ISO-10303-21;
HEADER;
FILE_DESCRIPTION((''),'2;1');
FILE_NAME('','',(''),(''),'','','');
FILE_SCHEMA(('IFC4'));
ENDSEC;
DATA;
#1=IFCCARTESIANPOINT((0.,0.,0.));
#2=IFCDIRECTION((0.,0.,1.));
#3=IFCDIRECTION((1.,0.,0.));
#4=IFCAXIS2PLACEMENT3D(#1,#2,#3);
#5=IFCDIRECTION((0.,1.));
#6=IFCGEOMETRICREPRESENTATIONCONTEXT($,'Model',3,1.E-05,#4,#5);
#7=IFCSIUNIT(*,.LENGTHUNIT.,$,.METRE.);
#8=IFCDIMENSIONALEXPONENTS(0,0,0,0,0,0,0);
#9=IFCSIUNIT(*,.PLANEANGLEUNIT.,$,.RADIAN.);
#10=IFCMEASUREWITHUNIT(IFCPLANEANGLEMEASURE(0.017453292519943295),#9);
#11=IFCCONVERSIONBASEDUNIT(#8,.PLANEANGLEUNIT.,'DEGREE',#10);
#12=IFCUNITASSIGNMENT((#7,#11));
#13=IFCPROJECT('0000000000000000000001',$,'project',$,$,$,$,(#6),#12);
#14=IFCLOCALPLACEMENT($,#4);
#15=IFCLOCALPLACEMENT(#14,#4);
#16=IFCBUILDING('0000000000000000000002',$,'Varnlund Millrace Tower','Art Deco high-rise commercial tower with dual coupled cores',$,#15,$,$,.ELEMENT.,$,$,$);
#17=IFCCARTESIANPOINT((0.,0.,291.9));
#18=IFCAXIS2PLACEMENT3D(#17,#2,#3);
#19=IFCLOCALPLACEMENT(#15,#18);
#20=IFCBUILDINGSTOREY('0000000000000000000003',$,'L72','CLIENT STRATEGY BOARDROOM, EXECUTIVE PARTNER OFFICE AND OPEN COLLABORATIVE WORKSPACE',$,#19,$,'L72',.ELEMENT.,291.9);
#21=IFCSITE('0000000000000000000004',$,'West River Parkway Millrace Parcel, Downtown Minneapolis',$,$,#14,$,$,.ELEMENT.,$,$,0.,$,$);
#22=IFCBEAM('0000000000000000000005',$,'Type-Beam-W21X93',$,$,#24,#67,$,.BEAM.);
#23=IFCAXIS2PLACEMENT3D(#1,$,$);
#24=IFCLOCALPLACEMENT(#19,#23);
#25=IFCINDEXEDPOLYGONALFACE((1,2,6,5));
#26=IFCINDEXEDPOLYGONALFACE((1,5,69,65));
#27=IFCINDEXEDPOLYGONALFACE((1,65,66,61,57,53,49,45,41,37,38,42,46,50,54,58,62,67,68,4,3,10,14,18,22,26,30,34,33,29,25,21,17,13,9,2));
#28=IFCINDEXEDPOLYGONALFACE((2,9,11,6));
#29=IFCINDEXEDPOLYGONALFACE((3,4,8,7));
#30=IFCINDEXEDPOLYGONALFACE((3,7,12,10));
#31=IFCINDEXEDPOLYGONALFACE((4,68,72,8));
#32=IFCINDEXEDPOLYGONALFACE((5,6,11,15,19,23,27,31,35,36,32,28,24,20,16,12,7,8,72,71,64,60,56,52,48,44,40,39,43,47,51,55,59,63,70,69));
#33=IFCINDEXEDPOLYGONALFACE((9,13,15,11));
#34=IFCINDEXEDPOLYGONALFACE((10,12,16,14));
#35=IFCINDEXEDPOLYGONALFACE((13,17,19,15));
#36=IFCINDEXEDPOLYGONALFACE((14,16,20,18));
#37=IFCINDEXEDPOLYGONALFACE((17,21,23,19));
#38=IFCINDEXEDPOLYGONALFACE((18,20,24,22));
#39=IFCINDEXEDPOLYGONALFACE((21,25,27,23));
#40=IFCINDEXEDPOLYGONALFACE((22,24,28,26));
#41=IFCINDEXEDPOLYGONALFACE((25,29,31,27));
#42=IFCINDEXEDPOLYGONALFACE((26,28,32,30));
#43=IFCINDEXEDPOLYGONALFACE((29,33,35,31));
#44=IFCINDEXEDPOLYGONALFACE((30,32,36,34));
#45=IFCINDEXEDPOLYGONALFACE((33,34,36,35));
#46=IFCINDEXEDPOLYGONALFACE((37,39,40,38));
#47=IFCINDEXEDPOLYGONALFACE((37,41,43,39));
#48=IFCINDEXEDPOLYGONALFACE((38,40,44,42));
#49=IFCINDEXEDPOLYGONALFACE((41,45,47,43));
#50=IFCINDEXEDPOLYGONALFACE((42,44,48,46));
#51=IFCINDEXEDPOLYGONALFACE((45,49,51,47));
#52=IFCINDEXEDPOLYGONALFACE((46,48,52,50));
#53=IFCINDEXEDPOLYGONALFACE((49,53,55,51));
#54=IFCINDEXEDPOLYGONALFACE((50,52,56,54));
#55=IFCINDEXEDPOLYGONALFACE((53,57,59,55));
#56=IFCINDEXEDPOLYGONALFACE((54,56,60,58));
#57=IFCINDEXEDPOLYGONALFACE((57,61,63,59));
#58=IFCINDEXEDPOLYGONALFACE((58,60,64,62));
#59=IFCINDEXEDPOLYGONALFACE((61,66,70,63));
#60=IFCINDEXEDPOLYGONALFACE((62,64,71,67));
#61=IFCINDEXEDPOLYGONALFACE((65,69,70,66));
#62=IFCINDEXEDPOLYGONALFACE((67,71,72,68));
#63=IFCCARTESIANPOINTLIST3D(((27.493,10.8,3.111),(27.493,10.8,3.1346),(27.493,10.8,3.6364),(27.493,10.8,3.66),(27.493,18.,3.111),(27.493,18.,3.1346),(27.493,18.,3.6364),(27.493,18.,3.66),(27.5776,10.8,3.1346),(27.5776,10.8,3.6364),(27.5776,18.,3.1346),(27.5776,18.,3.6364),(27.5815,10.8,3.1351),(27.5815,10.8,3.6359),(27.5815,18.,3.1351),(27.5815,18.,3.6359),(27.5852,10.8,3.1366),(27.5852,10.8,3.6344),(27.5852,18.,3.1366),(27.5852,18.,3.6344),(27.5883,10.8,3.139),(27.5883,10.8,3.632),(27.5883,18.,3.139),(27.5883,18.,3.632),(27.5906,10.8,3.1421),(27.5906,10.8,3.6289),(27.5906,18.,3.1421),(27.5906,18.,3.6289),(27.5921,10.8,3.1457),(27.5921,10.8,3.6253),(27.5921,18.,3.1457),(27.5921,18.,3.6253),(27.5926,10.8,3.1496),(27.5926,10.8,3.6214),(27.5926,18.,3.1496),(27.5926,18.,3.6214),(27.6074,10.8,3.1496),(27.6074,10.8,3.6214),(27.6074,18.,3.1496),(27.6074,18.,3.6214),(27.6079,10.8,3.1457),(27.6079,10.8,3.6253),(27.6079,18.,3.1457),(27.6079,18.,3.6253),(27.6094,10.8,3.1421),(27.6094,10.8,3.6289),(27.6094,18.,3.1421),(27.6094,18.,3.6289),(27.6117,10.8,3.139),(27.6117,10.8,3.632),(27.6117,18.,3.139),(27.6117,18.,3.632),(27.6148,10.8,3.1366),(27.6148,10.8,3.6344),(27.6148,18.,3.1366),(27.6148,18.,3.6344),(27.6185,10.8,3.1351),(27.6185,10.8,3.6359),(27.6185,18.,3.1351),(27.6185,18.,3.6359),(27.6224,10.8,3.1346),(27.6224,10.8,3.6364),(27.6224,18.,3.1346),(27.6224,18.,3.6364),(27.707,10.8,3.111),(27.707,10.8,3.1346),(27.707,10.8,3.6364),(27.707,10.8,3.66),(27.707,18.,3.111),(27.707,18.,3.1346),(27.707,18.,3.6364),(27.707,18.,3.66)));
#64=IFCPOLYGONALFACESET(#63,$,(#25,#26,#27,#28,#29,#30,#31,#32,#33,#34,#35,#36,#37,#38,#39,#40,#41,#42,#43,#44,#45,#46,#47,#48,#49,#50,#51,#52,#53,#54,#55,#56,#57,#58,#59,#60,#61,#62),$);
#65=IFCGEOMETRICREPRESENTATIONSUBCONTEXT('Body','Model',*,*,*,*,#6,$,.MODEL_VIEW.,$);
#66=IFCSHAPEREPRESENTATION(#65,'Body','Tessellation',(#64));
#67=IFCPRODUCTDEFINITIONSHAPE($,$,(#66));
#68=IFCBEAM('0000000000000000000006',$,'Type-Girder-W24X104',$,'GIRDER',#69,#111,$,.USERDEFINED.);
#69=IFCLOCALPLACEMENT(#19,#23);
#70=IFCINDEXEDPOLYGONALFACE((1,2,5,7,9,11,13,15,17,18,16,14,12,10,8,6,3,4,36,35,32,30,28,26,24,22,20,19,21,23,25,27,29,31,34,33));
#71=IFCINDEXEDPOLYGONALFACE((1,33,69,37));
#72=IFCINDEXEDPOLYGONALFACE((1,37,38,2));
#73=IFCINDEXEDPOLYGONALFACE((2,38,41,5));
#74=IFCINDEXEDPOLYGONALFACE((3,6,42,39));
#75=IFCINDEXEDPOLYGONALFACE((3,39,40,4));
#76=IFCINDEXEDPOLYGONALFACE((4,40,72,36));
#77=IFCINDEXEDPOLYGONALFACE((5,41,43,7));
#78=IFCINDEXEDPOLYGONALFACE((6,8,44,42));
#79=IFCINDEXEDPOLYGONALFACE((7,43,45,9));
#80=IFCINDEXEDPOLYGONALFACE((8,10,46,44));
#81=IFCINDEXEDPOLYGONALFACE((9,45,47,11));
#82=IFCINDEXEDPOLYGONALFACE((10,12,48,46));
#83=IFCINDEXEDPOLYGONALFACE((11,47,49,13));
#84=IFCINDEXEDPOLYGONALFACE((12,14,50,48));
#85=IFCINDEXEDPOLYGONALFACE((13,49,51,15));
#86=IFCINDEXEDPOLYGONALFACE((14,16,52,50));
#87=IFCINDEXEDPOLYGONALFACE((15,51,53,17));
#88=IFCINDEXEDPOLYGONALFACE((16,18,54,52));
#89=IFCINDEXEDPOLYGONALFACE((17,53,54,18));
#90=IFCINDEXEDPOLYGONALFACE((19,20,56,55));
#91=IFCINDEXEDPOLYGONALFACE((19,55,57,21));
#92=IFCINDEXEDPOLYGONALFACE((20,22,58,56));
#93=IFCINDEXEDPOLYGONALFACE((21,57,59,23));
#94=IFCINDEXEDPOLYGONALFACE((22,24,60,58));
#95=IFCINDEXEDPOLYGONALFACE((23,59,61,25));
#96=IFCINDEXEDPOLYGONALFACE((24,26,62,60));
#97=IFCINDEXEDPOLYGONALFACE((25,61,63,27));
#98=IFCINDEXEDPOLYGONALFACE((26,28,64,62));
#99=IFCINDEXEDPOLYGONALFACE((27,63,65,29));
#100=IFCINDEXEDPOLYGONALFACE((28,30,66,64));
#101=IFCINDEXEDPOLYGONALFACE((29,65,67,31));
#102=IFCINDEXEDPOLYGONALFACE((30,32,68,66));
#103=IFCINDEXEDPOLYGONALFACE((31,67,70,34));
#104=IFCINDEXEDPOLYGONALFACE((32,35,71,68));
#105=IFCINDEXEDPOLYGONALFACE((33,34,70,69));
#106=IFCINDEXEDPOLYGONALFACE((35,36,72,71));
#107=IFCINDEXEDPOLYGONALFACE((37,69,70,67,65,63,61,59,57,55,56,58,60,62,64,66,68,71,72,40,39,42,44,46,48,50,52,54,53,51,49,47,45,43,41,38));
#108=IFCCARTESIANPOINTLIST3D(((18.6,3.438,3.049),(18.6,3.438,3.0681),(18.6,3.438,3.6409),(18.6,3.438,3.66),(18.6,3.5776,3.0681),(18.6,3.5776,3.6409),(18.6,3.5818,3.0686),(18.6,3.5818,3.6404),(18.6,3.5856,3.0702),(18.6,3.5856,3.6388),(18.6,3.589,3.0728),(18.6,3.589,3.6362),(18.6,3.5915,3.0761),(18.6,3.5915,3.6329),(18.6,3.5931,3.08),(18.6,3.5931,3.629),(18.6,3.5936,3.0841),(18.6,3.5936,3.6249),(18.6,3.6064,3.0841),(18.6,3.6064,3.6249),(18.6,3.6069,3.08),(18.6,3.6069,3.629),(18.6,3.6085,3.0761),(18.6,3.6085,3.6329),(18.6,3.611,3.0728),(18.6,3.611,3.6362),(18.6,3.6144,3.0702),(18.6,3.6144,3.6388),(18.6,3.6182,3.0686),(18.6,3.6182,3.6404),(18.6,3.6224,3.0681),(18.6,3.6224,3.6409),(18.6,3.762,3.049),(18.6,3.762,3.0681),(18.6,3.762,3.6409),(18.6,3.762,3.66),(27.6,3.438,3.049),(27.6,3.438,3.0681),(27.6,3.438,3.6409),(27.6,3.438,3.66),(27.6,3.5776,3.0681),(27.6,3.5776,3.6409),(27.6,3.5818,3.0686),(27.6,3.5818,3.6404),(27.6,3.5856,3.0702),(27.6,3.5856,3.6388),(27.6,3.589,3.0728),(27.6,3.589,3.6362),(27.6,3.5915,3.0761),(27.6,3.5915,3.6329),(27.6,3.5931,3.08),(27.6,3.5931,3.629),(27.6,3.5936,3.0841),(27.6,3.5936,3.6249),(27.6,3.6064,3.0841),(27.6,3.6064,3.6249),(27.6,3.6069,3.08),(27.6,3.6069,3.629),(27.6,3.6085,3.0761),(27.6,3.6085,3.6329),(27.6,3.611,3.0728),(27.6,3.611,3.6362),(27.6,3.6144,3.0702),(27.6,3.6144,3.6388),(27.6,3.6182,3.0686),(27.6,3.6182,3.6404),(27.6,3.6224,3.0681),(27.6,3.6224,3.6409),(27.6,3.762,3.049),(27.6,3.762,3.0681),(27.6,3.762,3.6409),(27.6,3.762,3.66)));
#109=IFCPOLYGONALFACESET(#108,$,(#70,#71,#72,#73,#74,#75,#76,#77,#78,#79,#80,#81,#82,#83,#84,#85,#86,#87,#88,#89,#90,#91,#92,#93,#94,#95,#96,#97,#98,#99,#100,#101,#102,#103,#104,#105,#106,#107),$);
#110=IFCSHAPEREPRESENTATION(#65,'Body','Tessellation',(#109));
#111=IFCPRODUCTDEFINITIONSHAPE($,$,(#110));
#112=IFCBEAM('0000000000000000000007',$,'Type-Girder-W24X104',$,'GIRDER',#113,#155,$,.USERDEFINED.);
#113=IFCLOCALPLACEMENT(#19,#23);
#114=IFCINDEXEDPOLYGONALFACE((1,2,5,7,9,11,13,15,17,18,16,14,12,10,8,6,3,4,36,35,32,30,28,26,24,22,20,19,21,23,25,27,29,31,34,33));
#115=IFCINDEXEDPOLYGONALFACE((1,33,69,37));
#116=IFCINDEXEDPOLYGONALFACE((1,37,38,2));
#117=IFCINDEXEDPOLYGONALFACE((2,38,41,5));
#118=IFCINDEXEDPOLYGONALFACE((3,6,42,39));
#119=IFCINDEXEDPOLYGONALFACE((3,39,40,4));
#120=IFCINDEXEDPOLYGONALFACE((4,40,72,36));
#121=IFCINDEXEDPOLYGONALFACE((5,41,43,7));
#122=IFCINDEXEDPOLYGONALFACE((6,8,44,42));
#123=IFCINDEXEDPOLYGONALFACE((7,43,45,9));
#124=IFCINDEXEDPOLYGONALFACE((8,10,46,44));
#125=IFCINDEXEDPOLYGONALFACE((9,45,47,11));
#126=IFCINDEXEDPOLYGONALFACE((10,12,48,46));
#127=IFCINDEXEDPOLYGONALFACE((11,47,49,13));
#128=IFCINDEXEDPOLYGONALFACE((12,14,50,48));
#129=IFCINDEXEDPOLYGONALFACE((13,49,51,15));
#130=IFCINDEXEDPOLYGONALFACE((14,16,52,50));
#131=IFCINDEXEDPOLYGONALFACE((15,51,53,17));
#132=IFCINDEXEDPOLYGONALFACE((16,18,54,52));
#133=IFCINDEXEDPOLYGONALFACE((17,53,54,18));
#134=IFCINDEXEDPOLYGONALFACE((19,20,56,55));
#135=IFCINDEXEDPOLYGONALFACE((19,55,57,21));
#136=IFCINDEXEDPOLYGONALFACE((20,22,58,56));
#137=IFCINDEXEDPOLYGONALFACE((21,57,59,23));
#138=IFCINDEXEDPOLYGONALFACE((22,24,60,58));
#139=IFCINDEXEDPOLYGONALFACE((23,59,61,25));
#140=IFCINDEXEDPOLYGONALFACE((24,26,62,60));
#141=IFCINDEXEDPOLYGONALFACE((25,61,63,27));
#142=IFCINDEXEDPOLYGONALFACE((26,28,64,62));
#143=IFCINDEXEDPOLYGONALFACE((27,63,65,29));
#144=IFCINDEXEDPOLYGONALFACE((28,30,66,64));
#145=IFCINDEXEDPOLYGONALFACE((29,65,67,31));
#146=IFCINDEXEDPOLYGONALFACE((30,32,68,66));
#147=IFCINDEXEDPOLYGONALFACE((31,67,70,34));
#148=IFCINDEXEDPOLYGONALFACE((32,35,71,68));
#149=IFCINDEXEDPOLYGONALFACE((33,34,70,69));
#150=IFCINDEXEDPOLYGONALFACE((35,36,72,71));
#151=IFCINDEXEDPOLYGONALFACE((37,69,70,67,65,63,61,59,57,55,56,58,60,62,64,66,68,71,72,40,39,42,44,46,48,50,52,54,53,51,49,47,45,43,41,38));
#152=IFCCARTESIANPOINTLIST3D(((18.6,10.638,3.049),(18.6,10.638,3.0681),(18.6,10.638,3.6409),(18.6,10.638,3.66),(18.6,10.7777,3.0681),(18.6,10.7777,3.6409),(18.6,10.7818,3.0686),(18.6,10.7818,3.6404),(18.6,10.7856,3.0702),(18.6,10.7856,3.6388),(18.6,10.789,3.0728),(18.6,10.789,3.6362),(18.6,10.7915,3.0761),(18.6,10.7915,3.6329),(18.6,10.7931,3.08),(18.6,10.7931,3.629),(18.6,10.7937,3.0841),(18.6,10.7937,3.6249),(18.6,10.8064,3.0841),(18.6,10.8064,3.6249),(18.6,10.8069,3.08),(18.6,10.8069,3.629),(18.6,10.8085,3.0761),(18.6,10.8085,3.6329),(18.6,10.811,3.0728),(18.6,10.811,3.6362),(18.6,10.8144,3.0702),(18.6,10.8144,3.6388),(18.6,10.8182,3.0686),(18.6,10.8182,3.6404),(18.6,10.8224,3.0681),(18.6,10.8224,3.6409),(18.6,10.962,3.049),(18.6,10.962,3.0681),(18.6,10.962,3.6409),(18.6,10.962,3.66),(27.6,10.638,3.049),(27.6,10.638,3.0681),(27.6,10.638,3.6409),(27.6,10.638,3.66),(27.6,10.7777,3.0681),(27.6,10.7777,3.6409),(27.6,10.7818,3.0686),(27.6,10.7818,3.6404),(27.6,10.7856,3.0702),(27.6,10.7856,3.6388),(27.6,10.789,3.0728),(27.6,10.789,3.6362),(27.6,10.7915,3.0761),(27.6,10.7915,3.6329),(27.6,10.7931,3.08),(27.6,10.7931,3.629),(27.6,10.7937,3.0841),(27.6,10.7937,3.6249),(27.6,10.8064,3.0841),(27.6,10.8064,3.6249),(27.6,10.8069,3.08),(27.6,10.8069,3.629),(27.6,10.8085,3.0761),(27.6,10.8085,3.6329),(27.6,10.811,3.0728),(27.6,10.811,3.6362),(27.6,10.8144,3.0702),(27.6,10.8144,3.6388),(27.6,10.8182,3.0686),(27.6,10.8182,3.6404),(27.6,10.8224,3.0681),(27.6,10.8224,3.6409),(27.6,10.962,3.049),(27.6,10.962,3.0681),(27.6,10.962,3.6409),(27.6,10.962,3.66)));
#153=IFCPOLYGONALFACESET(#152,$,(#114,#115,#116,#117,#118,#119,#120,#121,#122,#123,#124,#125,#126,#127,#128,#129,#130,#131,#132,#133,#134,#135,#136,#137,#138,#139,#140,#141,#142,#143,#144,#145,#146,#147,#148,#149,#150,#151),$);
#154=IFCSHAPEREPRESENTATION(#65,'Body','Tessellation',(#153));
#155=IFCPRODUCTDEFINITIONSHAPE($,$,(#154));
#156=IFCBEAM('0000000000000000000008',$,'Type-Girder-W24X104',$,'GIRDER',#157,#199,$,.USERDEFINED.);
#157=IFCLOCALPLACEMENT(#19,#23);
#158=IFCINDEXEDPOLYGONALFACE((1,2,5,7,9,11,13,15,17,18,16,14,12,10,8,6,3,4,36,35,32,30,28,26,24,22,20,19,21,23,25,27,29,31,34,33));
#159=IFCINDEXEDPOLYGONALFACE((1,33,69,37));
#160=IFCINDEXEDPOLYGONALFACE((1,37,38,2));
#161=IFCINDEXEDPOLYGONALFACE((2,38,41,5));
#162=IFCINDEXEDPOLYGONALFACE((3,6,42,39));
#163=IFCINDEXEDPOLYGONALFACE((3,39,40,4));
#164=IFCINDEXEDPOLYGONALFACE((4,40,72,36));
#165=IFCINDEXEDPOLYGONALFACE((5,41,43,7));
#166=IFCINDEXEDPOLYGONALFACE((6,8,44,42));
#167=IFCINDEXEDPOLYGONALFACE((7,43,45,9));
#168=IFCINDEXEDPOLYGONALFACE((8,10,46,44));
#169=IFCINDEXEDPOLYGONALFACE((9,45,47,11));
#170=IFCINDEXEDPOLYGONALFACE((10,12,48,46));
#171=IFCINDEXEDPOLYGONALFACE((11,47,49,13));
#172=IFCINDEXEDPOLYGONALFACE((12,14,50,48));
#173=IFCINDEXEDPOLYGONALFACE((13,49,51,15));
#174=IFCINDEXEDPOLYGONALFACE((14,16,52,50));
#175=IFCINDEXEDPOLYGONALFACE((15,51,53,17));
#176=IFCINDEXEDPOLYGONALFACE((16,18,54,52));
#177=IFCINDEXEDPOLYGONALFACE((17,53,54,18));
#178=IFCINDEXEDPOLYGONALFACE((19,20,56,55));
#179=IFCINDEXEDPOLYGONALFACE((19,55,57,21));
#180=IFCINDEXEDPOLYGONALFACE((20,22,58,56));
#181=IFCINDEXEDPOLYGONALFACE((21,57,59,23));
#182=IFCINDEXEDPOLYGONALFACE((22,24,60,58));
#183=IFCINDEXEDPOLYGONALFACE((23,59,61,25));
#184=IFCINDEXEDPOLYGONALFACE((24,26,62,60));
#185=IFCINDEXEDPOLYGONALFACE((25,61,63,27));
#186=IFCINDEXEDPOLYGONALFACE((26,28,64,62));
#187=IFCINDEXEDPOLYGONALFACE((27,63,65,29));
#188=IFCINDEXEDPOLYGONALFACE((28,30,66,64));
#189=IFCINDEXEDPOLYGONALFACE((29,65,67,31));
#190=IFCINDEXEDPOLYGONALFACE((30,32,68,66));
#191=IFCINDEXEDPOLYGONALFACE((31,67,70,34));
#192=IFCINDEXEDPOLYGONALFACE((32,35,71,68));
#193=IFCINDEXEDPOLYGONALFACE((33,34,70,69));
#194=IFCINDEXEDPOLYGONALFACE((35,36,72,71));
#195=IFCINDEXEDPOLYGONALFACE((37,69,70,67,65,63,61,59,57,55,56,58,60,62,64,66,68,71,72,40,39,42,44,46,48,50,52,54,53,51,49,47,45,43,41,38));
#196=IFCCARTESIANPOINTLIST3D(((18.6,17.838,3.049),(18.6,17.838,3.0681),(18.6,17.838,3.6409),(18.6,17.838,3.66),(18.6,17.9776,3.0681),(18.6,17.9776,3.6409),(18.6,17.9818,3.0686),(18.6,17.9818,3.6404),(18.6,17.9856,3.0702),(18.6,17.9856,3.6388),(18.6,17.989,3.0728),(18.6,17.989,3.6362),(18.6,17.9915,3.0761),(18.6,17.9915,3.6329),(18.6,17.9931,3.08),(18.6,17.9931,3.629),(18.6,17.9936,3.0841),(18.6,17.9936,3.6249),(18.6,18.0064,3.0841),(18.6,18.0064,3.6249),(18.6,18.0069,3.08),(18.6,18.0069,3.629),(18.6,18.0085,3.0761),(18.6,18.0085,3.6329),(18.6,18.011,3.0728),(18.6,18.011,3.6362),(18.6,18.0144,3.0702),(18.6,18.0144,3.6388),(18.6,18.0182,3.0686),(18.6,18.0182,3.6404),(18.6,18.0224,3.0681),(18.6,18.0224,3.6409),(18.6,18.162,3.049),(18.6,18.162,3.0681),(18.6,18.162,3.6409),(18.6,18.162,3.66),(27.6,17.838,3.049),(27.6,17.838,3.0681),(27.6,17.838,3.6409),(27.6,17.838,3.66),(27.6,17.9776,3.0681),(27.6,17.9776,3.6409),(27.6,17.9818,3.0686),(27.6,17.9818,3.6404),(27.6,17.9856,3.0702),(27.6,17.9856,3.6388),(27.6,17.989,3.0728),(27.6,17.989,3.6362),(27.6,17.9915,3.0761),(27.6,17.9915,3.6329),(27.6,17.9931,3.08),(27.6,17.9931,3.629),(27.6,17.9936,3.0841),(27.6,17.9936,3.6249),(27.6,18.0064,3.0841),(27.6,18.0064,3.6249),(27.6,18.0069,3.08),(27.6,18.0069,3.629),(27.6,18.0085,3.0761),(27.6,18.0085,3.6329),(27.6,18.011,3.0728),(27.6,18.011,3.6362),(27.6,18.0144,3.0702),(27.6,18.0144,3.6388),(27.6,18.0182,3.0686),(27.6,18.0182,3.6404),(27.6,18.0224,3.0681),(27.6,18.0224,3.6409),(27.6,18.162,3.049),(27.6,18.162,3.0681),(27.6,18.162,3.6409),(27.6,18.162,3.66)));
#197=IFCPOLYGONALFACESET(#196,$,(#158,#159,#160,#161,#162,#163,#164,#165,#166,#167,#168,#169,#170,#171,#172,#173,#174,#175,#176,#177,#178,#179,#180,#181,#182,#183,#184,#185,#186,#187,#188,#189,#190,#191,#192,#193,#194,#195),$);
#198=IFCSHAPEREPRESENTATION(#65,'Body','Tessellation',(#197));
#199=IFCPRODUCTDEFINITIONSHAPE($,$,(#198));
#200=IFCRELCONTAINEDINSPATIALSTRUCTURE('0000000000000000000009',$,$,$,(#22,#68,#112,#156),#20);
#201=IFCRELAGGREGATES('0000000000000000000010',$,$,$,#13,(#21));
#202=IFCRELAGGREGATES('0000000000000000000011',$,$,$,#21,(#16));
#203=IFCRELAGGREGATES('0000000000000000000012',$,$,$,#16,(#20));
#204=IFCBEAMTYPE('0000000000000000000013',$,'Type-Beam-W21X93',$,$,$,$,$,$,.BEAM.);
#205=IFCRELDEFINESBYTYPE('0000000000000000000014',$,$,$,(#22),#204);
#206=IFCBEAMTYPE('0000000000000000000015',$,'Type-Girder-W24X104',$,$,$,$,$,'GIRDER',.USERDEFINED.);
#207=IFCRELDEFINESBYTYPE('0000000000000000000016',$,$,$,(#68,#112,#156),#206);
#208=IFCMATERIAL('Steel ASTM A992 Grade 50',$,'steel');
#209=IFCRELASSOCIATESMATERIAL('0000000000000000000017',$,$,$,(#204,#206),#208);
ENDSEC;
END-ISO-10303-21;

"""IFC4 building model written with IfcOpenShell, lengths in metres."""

from ifc_helpers import new_model, entity, si_unit, converted_unit, direction, frame, origin_with_axes, origin_2d_with_axis, place, context, subcontext, project, spatial, i_section, extrude, material, material_profile, profile_set, type_object, element, save


model = new_model("IFC4")

# Units and contexts
model_context = context("Model", 3, precision=1e-05, world=origin_with_axes(), true_north=direction((0.0, 1.0)))
body_context = subcontext(model_context, "Body", "Model", "MODEL_VIEW")
ifc_project = project(units=[si_unit("LENGTHUNIT", "METRE"), converted_unit("PLANEANGLEUNIT", "DEGREE", entity("IfcPlaneAngleMeasure", 0.017453292519943295), si_unit("PLANEANGLEUNIT", "RADIAN"), dimensions=[0, 0, 0, 0, 0, 0, 0])], contexts=[model_context])

# Site, building, storey
site_placement = place(None, origin_with_axes())
site = spatial("IfcSite", under=ifc_project, at=site_placement, Name="West River Parkway Millrace Parcel, Downtown Minneapolis", CompositionType="ELEMENT", RefElevation=0.0)
building_placement = place(site_placement, origin_with_axes())
building = spatial("IfcBuilding", under=site, at=building_placement, Name="Varnlund Millrace Tower", Description="Art Deco high-rise commercial tower with dual coupled cores", CompositionType="ELEMENT")
storey_placement = place(building_placement, frame((0.0, 0.0, 291.9), z_axis=(0.0, 0.0, 1.0), x_axis=(1.0, 0.0, 0.0)))
storey = spatial("IfcBuildingStorey", under=building, at=storey_placement, Name="L72", Description="CLIENT STRATEGY BOARDROOM, EXECUTIVE PARTNER OFFICE AND OPEN COLLABORATIVE WORKSPACE", LongName="L72", CompositionType="ELEMENT", Elevation=291.9)

# Beams
ifc_material_1 = material(Name="Steel ASTM A992 Grade 50", Category="steel")
ifc_material_profile_1 = material_profile(ifc_material_1, i_section(OverallWidth=0.214, OverallDepth=0.549, WebThickness=0.0147, FlangeThickness=0.0236, FilletRadius=0.015, at=origin_2d_with_axis()), Name="Steel ASTM A992 Grade 50")
ifc_profile_set_1 = profile_set([ifc_material_profile_1], Name="Steel ASTM A992 Grade 50")
beam_type_1 = type_object("IfcBeamType", Name="Type-Beam-W21X93", PredefinedType="BEAM", material=ifc_profile_set_1)
for number, where, z_axis, x_axis, name in (
    (1, (27.6, 10.8, 3.3855), (0.0, 1.0, 0.0), (-1.0, 0.0, 0.0), "Type-Beam-W21X93"),
):
    element("IfcBeam", number, at=place(storey_placement, frame(where, z_axis=z_axis, x_axis=x_axis)), inside=storey, type_object=beam_type_1, Name=name, PredefinedType="BEAM", context=body_context, shape_type="SweptSolid", body=[
        extrude(i_section(OverallWidth=0.214, OverallDepth=0.549, WebThickness=0.0147, FlangeThickness=0.0236, FilletRadius=0.015, at=origin_2d_with_axis()), origin_with_axes(), (0.0, 0.0, 1.0), 7.2),
    ])
ifc_material_profile_2 = material_profile(ifc_material_1, i_section(OverallWidth=0.324, OverallDepth=0.611, WebThickness=0.0127, FlangeThickness=0.0191, FilletRadius=0.016, at=origin_2d_with_axis()), Name="Steel ASTM A992 Grade 50")
ifc_profile_set_2 = profile_set([ifc_material_profile_2], Name="Steel ASTM A992 Grade 50")
beam_type_2 = type_object("IfcBeamType", Name="Type-Girder-W24X104", ElementType="GIRDER", PredefinedType="USERDEFINED", material=ifc_profile_set_2)
for number, where, z_axis, x_axis, name in (
    (2, (18.6, 3.6, 3.3545), (1.0, 0.0, 0.0), (0.0, 1.0, 0.0), "Type-Girder-W24X104"),
    (3, (18.6, 10.8, 3.3545), (1.0, 0.0, 0.0), (0.0, 1.0, 0.0), "Type-Girder-W24X104"),
    (4, (18.6, 18.0, 3.3545), (1.0, 0.0, 0.0), (0.0, 1.0, 0.0), "Type-Girder-W24X104"),
):
    element("IfcBeam", number, at=place(storey_placement, frame(where, z_axis=z_axis, x_axis=x_axis)), inside=storey, type_object=beam_type_2, Name=name, ObjectType="GIRDER", PredefinedType="USERDEFINED", context=body_context, shape_type="SweptSolid", body=[
        extrude(i_section(OverallWidth=0.324, OverallDepth=0.611, WebThickness=0.0127, FlangeThickness=0.0191, FilletRadius=0.016, at=origin_2d_with_axis()), origin_with_axes(), (0.0, 0.0, 1.0), 9.0),
    ])

save(model, "model.ifc")
